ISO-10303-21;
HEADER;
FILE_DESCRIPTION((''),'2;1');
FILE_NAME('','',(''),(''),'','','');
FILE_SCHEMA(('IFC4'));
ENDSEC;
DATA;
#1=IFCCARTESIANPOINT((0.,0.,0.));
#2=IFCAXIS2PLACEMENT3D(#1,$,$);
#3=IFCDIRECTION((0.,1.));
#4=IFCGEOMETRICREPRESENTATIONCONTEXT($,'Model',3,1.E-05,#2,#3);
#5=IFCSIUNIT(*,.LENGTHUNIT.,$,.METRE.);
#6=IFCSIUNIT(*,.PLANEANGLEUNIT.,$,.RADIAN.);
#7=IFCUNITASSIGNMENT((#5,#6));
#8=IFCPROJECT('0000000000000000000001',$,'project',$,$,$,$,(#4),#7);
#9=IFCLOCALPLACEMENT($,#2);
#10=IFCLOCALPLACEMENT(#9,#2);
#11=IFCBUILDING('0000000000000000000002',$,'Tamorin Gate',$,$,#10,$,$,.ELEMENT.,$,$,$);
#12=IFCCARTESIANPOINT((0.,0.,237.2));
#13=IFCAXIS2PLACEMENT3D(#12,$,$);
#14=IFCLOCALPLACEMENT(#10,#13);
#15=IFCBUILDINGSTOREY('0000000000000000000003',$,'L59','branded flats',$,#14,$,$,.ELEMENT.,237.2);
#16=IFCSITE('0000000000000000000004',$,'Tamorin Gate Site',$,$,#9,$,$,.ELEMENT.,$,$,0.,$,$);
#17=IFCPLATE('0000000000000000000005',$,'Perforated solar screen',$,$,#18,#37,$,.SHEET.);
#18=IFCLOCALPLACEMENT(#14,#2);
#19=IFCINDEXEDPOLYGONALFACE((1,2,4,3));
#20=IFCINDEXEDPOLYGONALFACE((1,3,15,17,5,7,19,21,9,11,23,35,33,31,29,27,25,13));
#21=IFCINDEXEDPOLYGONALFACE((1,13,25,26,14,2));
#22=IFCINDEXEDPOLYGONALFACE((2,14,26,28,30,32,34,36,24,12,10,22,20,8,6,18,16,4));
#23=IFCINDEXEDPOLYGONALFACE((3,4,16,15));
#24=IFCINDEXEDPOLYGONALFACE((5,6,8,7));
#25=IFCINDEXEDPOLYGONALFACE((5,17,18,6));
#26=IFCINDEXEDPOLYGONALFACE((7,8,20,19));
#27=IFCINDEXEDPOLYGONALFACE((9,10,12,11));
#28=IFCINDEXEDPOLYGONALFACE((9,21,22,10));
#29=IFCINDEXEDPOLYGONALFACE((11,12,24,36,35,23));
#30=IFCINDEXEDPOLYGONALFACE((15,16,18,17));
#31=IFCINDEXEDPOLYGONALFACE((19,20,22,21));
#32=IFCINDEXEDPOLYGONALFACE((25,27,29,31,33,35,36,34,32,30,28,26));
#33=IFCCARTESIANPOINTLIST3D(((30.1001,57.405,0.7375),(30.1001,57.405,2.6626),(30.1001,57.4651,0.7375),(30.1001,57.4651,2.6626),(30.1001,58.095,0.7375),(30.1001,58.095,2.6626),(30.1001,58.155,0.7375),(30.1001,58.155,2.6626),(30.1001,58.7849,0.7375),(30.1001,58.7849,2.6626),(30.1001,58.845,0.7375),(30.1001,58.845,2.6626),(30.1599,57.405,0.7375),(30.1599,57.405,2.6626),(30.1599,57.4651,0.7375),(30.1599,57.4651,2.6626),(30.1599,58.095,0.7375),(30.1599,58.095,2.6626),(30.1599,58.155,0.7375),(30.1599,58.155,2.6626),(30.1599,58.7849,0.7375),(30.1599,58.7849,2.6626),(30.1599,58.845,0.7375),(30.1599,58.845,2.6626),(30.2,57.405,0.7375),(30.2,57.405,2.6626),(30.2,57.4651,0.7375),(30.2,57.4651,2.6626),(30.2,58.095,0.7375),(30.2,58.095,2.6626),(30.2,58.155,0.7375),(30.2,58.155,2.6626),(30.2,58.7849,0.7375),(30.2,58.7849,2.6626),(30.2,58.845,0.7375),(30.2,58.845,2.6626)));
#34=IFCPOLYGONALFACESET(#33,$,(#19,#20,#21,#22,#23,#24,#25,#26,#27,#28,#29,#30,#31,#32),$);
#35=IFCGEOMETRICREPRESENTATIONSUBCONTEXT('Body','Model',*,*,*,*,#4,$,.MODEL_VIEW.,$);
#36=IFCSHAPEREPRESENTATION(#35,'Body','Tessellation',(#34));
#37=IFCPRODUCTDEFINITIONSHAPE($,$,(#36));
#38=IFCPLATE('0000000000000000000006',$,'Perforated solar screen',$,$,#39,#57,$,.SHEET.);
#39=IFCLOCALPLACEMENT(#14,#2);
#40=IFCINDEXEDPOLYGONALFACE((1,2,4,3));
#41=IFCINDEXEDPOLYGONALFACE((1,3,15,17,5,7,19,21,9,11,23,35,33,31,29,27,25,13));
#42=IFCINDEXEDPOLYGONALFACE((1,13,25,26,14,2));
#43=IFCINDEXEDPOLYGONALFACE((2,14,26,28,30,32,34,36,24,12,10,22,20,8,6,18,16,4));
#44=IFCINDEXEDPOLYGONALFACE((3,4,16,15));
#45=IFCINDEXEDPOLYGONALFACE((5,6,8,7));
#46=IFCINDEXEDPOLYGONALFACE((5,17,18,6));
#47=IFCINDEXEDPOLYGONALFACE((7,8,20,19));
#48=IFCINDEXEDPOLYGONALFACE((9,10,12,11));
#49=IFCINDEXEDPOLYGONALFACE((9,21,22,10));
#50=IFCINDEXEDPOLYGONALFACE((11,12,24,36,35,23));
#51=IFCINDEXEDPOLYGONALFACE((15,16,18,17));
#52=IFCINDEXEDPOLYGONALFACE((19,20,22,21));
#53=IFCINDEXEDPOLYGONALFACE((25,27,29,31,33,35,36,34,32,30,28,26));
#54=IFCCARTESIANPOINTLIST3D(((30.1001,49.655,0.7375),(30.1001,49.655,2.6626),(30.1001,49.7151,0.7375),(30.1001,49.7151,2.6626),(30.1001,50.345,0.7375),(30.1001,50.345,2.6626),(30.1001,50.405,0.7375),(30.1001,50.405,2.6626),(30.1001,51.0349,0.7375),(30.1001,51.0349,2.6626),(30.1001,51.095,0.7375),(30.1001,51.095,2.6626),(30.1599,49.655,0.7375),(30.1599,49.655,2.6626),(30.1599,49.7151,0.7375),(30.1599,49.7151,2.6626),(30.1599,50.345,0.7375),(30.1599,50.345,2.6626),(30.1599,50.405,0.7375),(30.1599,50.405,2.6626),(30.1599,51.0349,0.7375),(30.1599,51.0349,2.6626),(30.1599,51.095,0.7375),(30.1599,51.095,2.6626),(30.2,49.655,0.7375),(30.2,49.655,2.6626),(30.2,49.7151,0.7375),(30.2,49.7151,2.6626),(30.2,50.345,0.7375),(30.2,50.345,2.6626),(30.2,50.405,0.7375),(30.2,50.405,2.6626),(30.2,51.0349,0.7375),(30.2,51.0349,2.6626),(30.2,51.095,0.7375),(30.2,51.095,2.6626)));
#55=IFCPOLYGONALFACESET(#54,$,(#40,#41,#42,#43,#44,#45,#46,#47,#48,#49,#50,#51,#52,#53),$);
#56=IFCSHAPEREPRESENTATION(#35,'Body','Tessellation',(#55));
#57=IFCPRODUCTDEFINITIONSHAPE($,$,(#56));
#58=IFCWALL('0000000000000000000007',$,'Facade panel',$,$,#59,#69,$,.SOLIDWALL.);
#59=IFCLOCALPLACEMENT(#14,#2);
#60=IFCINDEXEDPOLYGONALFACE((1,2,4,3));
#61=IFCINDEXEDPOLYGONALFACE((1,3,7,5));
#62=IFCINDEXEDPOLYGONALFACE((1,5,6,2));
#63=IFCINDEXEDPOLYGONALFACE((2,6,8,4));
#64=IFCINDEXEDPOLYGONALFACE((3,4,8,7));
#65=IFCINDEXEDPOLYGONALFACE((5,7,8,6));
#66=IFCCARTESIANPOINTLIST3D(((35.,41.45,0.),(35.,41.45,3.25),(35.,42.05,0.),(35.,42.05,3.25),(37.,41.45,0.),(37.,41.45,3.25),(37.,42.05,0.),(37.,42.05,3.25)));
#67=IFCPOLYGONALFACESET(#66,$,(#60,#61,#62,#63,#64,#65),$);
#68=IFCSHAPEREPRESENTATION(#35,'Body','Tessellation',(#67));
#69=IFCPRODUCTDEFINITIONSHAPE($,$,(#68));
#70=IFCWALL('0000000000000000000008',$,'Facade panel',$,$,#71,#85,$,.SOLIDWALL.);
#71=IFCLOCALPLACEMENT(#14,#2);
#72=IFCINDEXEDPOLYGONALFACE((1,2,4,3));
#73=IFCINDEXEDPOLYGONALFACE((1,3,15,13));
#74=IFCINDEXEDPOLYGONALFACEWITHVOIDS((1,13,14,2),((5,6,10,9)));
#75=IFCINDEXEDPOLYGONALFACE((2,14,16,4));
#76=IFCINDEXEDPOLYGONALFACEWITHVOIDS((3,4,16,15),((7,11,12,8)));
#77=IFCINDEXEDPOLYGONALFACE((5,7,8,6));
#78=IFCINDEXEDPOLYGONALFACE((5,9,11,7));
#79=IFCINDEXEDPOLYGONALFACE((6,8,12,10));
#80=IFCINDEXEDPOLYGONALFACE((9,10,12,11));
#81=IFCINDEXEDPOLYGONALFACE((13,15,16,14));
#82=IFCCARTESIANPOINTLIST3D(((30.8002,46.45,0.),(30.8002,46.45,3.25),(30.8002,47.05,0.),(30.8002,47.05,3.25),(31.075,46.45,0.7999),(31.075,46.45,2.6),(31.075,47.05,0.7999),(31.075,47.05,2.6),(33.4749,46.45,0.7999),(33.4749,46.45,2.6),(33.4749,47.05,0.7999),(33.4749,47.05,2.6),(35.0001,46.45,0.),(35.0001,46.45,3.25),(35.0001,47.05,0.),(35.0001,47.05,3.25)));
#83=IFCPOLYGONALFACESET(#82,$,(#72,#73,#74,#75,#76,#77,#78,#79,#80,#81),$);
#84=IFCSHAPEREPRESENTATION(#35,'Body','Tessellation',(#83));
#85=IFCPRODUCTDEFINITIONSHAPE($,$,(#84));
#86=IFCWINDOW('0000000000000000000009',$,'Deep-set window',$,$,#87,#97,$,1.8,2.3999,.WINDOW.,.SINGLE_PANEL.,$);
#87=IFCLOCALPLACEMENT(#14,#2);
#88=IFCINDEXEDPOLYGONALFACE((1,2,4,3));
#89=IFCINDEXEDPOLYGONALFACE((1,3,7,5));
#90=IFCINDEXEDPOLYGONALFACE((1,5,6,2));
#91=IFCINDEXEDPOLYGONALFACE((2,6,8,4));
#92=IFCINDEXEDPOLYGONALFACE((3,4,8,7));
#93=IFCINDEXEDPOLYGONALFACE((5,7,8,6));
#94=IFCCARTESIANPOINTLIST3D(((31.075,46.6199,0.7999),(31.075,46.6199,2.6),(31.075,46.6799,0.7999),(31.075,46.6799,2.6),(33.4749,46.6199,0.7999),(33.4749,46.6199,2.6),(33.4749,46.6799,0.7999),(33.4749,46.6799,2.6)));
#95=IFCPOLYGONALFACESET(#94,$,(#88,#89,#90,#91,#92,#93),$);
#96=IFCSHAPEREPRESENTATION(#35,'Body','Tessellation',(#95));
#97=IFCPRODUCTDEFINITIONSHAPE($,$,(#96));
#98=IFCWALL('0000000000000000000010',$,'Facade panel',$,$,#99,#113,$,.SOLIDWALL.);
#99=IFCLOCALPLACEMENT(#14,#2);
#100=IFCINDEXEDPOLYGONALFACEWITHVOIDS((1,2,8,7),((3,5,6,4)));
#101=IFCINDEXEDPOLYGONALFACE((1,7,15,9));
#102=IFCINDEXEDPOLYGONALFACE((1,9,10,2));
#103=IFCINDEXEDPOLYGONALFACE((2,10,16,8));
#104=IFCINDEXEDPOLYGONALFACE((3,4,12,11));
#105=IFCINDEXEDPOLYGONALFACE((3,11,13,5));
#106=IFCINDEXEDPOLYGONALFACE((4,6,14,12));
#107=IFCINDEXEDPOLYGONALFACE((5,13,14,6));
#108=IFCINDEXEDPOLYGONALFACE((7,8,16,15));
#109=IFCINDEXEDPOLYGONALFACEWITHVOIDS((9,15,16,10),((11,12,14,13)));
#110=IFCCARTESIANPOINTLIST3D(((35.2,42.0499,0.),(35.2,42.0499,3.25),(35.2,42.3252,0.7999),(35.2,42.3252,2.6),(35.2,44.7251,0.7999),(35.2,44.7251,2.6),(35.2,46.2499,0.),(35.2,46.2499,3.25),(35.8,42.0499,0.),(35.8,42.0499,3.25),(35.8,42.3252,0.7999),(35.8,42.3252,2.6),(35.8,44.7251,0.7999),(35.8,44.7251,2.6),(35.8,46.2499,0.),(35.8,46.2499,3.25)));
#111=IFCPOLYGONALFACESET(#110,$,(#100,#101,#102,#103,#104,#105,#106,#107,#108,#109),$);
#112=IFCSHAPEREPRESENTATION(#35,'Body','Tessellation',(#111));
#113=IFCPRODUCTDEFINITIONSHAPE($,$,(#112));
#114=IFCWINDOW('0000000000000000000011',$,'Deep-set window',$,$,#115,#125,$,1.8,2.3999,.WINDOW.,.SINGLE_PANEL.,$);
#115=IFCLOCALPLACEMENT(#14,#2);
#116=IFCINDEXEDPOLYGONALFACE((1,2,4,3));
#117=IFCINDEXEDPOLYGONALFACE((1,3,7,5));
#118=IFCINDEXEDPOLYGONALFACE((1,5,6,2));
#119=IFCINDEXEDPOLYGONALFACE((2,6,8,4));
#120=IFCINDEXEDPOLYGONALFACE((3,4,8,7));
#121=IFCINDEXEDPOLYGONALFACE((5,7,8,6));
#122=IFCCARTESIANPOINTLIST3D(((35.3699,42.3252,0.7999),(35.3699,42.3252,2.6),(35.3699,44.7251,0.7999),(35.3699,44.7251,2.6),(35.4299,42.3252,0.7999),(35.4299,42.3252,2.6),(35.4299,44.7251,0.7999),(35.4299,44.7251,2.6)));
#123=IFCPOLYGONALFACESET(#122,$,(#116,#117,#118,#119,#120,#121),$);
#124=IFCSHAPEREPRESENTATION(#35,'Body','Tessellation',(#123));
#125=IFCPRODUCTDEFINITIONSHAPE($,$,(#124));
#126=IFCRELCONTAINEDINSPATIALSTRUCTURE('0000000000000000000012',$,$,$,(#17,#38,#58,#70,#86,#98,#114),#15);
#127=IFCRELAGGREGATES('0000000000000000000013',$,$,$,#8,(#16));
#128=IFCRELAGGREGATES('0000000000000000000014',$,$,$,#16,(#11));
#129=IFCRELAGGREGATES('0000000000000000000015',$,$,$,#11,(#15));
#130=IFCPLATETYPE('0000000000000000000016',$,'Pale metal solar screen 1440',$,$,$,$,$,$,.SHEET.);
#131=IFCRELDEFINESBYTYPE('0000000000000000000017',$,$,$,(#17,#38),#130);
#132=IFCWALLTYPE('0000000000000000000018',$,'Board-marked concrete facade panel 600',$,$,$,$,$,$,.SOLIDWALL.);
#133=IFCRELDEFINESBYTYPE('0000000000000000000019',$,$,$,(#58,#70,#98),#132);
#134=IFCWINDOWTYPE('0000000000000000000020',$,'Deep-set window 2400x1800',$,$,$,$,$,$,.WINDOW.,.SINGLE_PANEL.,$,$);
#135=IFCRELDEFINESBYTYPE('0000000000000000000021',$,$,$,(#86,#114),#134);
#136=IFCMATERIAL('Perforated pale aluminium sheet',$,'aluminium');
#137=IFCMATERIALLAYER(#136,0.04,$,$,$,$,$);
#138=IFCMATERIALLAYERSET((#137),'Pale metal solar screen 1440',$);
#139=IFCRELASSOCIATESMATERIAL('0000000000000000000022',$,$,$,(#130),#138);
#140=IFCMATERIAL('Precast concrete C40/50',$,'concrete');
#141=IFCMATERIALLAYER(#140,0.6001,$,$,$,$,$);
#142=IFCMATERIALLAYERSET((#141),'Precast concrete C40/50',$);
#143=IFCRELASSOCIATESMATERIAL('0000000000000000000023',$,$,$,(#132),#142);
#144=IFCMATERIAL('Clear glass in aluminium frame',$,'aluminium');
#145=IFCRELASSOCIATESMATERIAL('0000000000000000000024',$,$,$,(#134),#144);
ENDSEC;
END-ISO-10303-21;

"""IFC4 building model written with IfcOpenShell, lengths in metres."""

from ifc_helpers import new_model, si_unit, direction, frame, frame_2d, origin, place, context, subcontext, project, spatial, polyline, rectangle, outline, extrude, material, layer, layer_set, type_object, element, fill, save


model = new_model("IFC4")

# Units and contexts
model_context = context("Model", 3, precision=1e-05, world=origin(), true_north=direction((0.0, 1.0)))
body_context = subcontext(model_context, "Body", "Model", "MODEL_VIEW")
ifc_project = project(units=[si_unit("LENGTHUNIT", "METRE"), si_unit("PLANEANGLEUNIT", "RADIAN")], contexts=[model_context])

# Site, building, storey
site_placement = place(None, origin())
site = spatial("IfcSite", under=ifc_project, at=site_placement, Name="Tamorin Gate Site", CompositionType="ELEMENT", RefElevation=0.0)
building_placement = place(site_placement, origin())
building = spatial("IfcBuilding", under=site, at=building_placement, Name="Tamorin Gate", CompositionType="ELEMENT")
storey_placement = place(building_placement, frame((0.0, 0.0, 237.2)))
storey = spatial("IfcBuildingStorey", under=building, at=storey_placement, Name="L59", Description="branded flats", CompositionType="ELEMENT", Elevation=237.2)

# Plates
ifc_material_1 = material(Name="Perforated pale aluminium sheet", Category="aluminium")
ifc_layer_1 = layer(ifc_material_1, 0.04)
ifc_layer_set_1 = layer_set([ifc_layer_1], Name="Pale metal solar screen 1440")
plate_type = type_object("IfcPlateType", Name="Pale metal solar screen 1440", PredefinedType="SHEET", material=ifc_layer_set_1)
plate_1_placement = place(storey_placement, frame((0.0, 0.0, 0.7375)))
element("IfcPlate", 1, at=plate_1_placement, inside=storey, type_object=plate_type, Name="Perforated solar screen", PredefinedType="SHEET", context=body_context, shape_type="SweptSolid", body=[
    extrude(outline(polyline([(30.1599, 58.845), (30.2, 58.845), (30.2, 58.7849), (30.2, 58.155), (30.2, 58.095), (30.2, 57.4651), (30.2, 57.405), (30.1599, 57.405), (30.1001, 57.405), (30.1001, 57.4651), (30.1599, 57.4651), (30.1599, 58.095), (30.1001, 58.095), (30.1001, 58.155), (30.1599, 58.155), (30.1599, 58.7849), (30.1001, 58.7849), (30.1001, 58.845), (30.1599, 58.845)])), origin(), (0.0, 0.0, 1.0), 1.925),
])
plate_2_placement = place(storey_placement, frame((0.0, 0.0, 0.7375)))
element("IfcPlate", 2, at=plate_2_placement, inside=storey, type_object=plate_type, Name="Perforated solar screen", PredefinedType="SHEET", context=body_context, shape_type="SweptSolid", body=[
    extrude(outline(polyline([(30.1599, 51.095), (30.2, 51.095), (30.2, 51.0349), (30.2, 50.405), (30.2, 50.345), (30.2, 49.7151), (30.2, 49.655), (30.1599, 49.655), (30.1001, 49.655), (30.1001, 49.7151), (30.1599, 49.7151), (30.1599, 50.345), (30.1001, 50.345), (30.1001, 50.405), (30.1599, 50.405), (30.1599, 51.0349), (30.1001, 51.0349), (30.1001, 51.095), (30.1599, 51.095)])), origin(), (0.0, 0.0, 1.0), 1.925),
])

# Wall
ifc_material_2 = material(Name="Precast concrete C40/50", Category="concrete")
ifc_layer_2 = layer(ifc_material_2, 0.6001)
ifc_layer_set_2 = layer_set([ifc_layer_2], Name="Precast concrete C40/50")
wall_type = type_object("IfcWallType", Name="Board-marked concrete facade panel 600", PredefinedType="SOLIDWALL", material=ifc_layer_set_2)
wall_1_placement = place(storey_placement, frame((35.0, 41.75, 0.0), z_axis=(0.0, 0.0, 1.0), x_axis=(1.0, 0.0, 0.0)))
element("IfcWall", 3, at=wall_1_placement, inside=storey, type_object=wall_type, Name="Facade panel", PredefinedType="SOLIDWALL", context=body_context, shape_type="SweptSolid", body=[
    extrude(rectangle(XDim=2.0, YDim=0.6001, at=frame_2d((1.0, 0.0))), origin(), (0.0, 0.0, 1.0), 3.25),
])

# Walls, openings, windows
wall_2_placement = place(storey_placement, frame((30.8, 46.75, 0.0), z_axis=(0.0, 0.0, 1.0), x_axis=(1.0, 0.0, 0.0)))
wall_2 = element("IfcWall", 4, at=wall_2_placement, inside=storey, type_object=wall_type, Name="Facade panel", PredefinedType="SOLIDWALL", context=body_context, shape_type="SweptSolid", body=[
    extrude(rectangle(XDim=4.2, YDim=0.6001, at=frame_2d((2.1001, 0.0))), origin(), (0.0, 0.0, 1.0), 3.25),
])
opening_1_placement = place(wall_2_placement, frame((0.2749, 0.0, 0.8)))
opening_1 = element("IfcOpeningElement", 5, at=opening_1_placement, cuts=wall_2, PredefinedType="OPENING", context=body_context, shape_type="SweptSolid", body=[
    extrude(rectangle(XDim=2.3999, YDim=1.8, at=frame_2d((1.2, 0.8999))), frame((0.0, 0.3101, 0.0), z_axis=(0.0, -1.0, 0.0), x_axis=(1.0, 0.0, 0.0)), (0.0, 0.0, 1.0), 0.6201),
])
ifc_material_3 = material(Name="Clear glass in aluminium frame", Category="aluminium")
window_type = type_object("IfcWindowType", Name="Deep-set window 2400x1800", PartitioningType="SINGLE_PANEL", PredefinedType="WINDOW", material=ifc_material_3)
window_1_placement = place(opening_1_placement, origin())
window_1 = element("IfcWindow", 6, at=window_1_placement, inside=storey, type_object=window_type, Name="Deep-set window", OverallHeight=1.8, OverallWidth=2.3999, PartitioningType="SINGLE_PANEL", PredefinedType="WINDOW", context=body_context, shape_type="SweptSolid", body=[
    extrude(rectangle(XDim=2.3999, YDim=1.8, at=frame_2d((1.2, 0.8999))), frame((0.0, -0.0701, 0.0), z_axis=(0.0, -1.0, 0.0), x_axis=(1.0, 0.0, 0.0)), (0.0, 0.0, 1.0), 0.0601),
])
fill(opening_1, window_1)
wall_3_placement = place(storey_placement, frame((35.5, 46.25, 0.0), z_axis=(0.0, 0.0, 1.0), x_axis=(0.0, -1.0, 0.0)))
wall_3 = element("IfcWall", 7, at=wall_3_placement, inside=storey, type_object=wall_type, Name="Facade panel", PredefinedType="SOLIDWALL", context=body_context, shape_type="SweptSolid", body=[
    extrude(rectangle(XDim=4.2, YDim=0.6001, at=frame_2d((2.1001, 0.0))), origin(), (0.0, 0.0, 1.0), 3.25),
])
opening_2_placement = place(wall_3_placement, frame((1.5249, 0.0, 0.8)))
opening_2 = element("IfcOpeningElement", 8, at=opening_2_placement, cuts=wall_3, PredefinedType="OPENING", context=body_context, shape_type="SweptSolid", body=[
    extrude(rectangle(XDim=2.3999, YDim=1.8, at=frame_2d((1.2, 0.8999))), frame((0.0, 0.3101, 0.0), z_axis=(0.0, -1.0, 0.0), x_axis=(1.0, 0.0, 0.0)), (0.0, 0.0, 1.0), 0.6201),
])
window_2_placement = place(opening_2_placement, origin())
window_2 = element("IfcWindow", 9, at=window_2_placement, inside=storey, type_object=window_type, Name="Deep-set window", OverallHeight=1.8, OverallWidth=2.3999, PartitioningType="SINGLE_PANEL", PredefinedType="WINDOW", context=body_context, shape_type="SweptSolid", body=[
    extrude(rectangle(XDim=2.3999, YDim=1.8, at=frame_2d((1.2, 0.8999))), frame((0.0, -0.0701, 0.0), z_axis=(0.0, -1.0, 0.0), x_axis=(1.0, 0.0, 0.0)), (0.0, 0.0, 1.0), 0.0601),
])
fill(opening_2, window_2)

save(model, "model.ifc")
